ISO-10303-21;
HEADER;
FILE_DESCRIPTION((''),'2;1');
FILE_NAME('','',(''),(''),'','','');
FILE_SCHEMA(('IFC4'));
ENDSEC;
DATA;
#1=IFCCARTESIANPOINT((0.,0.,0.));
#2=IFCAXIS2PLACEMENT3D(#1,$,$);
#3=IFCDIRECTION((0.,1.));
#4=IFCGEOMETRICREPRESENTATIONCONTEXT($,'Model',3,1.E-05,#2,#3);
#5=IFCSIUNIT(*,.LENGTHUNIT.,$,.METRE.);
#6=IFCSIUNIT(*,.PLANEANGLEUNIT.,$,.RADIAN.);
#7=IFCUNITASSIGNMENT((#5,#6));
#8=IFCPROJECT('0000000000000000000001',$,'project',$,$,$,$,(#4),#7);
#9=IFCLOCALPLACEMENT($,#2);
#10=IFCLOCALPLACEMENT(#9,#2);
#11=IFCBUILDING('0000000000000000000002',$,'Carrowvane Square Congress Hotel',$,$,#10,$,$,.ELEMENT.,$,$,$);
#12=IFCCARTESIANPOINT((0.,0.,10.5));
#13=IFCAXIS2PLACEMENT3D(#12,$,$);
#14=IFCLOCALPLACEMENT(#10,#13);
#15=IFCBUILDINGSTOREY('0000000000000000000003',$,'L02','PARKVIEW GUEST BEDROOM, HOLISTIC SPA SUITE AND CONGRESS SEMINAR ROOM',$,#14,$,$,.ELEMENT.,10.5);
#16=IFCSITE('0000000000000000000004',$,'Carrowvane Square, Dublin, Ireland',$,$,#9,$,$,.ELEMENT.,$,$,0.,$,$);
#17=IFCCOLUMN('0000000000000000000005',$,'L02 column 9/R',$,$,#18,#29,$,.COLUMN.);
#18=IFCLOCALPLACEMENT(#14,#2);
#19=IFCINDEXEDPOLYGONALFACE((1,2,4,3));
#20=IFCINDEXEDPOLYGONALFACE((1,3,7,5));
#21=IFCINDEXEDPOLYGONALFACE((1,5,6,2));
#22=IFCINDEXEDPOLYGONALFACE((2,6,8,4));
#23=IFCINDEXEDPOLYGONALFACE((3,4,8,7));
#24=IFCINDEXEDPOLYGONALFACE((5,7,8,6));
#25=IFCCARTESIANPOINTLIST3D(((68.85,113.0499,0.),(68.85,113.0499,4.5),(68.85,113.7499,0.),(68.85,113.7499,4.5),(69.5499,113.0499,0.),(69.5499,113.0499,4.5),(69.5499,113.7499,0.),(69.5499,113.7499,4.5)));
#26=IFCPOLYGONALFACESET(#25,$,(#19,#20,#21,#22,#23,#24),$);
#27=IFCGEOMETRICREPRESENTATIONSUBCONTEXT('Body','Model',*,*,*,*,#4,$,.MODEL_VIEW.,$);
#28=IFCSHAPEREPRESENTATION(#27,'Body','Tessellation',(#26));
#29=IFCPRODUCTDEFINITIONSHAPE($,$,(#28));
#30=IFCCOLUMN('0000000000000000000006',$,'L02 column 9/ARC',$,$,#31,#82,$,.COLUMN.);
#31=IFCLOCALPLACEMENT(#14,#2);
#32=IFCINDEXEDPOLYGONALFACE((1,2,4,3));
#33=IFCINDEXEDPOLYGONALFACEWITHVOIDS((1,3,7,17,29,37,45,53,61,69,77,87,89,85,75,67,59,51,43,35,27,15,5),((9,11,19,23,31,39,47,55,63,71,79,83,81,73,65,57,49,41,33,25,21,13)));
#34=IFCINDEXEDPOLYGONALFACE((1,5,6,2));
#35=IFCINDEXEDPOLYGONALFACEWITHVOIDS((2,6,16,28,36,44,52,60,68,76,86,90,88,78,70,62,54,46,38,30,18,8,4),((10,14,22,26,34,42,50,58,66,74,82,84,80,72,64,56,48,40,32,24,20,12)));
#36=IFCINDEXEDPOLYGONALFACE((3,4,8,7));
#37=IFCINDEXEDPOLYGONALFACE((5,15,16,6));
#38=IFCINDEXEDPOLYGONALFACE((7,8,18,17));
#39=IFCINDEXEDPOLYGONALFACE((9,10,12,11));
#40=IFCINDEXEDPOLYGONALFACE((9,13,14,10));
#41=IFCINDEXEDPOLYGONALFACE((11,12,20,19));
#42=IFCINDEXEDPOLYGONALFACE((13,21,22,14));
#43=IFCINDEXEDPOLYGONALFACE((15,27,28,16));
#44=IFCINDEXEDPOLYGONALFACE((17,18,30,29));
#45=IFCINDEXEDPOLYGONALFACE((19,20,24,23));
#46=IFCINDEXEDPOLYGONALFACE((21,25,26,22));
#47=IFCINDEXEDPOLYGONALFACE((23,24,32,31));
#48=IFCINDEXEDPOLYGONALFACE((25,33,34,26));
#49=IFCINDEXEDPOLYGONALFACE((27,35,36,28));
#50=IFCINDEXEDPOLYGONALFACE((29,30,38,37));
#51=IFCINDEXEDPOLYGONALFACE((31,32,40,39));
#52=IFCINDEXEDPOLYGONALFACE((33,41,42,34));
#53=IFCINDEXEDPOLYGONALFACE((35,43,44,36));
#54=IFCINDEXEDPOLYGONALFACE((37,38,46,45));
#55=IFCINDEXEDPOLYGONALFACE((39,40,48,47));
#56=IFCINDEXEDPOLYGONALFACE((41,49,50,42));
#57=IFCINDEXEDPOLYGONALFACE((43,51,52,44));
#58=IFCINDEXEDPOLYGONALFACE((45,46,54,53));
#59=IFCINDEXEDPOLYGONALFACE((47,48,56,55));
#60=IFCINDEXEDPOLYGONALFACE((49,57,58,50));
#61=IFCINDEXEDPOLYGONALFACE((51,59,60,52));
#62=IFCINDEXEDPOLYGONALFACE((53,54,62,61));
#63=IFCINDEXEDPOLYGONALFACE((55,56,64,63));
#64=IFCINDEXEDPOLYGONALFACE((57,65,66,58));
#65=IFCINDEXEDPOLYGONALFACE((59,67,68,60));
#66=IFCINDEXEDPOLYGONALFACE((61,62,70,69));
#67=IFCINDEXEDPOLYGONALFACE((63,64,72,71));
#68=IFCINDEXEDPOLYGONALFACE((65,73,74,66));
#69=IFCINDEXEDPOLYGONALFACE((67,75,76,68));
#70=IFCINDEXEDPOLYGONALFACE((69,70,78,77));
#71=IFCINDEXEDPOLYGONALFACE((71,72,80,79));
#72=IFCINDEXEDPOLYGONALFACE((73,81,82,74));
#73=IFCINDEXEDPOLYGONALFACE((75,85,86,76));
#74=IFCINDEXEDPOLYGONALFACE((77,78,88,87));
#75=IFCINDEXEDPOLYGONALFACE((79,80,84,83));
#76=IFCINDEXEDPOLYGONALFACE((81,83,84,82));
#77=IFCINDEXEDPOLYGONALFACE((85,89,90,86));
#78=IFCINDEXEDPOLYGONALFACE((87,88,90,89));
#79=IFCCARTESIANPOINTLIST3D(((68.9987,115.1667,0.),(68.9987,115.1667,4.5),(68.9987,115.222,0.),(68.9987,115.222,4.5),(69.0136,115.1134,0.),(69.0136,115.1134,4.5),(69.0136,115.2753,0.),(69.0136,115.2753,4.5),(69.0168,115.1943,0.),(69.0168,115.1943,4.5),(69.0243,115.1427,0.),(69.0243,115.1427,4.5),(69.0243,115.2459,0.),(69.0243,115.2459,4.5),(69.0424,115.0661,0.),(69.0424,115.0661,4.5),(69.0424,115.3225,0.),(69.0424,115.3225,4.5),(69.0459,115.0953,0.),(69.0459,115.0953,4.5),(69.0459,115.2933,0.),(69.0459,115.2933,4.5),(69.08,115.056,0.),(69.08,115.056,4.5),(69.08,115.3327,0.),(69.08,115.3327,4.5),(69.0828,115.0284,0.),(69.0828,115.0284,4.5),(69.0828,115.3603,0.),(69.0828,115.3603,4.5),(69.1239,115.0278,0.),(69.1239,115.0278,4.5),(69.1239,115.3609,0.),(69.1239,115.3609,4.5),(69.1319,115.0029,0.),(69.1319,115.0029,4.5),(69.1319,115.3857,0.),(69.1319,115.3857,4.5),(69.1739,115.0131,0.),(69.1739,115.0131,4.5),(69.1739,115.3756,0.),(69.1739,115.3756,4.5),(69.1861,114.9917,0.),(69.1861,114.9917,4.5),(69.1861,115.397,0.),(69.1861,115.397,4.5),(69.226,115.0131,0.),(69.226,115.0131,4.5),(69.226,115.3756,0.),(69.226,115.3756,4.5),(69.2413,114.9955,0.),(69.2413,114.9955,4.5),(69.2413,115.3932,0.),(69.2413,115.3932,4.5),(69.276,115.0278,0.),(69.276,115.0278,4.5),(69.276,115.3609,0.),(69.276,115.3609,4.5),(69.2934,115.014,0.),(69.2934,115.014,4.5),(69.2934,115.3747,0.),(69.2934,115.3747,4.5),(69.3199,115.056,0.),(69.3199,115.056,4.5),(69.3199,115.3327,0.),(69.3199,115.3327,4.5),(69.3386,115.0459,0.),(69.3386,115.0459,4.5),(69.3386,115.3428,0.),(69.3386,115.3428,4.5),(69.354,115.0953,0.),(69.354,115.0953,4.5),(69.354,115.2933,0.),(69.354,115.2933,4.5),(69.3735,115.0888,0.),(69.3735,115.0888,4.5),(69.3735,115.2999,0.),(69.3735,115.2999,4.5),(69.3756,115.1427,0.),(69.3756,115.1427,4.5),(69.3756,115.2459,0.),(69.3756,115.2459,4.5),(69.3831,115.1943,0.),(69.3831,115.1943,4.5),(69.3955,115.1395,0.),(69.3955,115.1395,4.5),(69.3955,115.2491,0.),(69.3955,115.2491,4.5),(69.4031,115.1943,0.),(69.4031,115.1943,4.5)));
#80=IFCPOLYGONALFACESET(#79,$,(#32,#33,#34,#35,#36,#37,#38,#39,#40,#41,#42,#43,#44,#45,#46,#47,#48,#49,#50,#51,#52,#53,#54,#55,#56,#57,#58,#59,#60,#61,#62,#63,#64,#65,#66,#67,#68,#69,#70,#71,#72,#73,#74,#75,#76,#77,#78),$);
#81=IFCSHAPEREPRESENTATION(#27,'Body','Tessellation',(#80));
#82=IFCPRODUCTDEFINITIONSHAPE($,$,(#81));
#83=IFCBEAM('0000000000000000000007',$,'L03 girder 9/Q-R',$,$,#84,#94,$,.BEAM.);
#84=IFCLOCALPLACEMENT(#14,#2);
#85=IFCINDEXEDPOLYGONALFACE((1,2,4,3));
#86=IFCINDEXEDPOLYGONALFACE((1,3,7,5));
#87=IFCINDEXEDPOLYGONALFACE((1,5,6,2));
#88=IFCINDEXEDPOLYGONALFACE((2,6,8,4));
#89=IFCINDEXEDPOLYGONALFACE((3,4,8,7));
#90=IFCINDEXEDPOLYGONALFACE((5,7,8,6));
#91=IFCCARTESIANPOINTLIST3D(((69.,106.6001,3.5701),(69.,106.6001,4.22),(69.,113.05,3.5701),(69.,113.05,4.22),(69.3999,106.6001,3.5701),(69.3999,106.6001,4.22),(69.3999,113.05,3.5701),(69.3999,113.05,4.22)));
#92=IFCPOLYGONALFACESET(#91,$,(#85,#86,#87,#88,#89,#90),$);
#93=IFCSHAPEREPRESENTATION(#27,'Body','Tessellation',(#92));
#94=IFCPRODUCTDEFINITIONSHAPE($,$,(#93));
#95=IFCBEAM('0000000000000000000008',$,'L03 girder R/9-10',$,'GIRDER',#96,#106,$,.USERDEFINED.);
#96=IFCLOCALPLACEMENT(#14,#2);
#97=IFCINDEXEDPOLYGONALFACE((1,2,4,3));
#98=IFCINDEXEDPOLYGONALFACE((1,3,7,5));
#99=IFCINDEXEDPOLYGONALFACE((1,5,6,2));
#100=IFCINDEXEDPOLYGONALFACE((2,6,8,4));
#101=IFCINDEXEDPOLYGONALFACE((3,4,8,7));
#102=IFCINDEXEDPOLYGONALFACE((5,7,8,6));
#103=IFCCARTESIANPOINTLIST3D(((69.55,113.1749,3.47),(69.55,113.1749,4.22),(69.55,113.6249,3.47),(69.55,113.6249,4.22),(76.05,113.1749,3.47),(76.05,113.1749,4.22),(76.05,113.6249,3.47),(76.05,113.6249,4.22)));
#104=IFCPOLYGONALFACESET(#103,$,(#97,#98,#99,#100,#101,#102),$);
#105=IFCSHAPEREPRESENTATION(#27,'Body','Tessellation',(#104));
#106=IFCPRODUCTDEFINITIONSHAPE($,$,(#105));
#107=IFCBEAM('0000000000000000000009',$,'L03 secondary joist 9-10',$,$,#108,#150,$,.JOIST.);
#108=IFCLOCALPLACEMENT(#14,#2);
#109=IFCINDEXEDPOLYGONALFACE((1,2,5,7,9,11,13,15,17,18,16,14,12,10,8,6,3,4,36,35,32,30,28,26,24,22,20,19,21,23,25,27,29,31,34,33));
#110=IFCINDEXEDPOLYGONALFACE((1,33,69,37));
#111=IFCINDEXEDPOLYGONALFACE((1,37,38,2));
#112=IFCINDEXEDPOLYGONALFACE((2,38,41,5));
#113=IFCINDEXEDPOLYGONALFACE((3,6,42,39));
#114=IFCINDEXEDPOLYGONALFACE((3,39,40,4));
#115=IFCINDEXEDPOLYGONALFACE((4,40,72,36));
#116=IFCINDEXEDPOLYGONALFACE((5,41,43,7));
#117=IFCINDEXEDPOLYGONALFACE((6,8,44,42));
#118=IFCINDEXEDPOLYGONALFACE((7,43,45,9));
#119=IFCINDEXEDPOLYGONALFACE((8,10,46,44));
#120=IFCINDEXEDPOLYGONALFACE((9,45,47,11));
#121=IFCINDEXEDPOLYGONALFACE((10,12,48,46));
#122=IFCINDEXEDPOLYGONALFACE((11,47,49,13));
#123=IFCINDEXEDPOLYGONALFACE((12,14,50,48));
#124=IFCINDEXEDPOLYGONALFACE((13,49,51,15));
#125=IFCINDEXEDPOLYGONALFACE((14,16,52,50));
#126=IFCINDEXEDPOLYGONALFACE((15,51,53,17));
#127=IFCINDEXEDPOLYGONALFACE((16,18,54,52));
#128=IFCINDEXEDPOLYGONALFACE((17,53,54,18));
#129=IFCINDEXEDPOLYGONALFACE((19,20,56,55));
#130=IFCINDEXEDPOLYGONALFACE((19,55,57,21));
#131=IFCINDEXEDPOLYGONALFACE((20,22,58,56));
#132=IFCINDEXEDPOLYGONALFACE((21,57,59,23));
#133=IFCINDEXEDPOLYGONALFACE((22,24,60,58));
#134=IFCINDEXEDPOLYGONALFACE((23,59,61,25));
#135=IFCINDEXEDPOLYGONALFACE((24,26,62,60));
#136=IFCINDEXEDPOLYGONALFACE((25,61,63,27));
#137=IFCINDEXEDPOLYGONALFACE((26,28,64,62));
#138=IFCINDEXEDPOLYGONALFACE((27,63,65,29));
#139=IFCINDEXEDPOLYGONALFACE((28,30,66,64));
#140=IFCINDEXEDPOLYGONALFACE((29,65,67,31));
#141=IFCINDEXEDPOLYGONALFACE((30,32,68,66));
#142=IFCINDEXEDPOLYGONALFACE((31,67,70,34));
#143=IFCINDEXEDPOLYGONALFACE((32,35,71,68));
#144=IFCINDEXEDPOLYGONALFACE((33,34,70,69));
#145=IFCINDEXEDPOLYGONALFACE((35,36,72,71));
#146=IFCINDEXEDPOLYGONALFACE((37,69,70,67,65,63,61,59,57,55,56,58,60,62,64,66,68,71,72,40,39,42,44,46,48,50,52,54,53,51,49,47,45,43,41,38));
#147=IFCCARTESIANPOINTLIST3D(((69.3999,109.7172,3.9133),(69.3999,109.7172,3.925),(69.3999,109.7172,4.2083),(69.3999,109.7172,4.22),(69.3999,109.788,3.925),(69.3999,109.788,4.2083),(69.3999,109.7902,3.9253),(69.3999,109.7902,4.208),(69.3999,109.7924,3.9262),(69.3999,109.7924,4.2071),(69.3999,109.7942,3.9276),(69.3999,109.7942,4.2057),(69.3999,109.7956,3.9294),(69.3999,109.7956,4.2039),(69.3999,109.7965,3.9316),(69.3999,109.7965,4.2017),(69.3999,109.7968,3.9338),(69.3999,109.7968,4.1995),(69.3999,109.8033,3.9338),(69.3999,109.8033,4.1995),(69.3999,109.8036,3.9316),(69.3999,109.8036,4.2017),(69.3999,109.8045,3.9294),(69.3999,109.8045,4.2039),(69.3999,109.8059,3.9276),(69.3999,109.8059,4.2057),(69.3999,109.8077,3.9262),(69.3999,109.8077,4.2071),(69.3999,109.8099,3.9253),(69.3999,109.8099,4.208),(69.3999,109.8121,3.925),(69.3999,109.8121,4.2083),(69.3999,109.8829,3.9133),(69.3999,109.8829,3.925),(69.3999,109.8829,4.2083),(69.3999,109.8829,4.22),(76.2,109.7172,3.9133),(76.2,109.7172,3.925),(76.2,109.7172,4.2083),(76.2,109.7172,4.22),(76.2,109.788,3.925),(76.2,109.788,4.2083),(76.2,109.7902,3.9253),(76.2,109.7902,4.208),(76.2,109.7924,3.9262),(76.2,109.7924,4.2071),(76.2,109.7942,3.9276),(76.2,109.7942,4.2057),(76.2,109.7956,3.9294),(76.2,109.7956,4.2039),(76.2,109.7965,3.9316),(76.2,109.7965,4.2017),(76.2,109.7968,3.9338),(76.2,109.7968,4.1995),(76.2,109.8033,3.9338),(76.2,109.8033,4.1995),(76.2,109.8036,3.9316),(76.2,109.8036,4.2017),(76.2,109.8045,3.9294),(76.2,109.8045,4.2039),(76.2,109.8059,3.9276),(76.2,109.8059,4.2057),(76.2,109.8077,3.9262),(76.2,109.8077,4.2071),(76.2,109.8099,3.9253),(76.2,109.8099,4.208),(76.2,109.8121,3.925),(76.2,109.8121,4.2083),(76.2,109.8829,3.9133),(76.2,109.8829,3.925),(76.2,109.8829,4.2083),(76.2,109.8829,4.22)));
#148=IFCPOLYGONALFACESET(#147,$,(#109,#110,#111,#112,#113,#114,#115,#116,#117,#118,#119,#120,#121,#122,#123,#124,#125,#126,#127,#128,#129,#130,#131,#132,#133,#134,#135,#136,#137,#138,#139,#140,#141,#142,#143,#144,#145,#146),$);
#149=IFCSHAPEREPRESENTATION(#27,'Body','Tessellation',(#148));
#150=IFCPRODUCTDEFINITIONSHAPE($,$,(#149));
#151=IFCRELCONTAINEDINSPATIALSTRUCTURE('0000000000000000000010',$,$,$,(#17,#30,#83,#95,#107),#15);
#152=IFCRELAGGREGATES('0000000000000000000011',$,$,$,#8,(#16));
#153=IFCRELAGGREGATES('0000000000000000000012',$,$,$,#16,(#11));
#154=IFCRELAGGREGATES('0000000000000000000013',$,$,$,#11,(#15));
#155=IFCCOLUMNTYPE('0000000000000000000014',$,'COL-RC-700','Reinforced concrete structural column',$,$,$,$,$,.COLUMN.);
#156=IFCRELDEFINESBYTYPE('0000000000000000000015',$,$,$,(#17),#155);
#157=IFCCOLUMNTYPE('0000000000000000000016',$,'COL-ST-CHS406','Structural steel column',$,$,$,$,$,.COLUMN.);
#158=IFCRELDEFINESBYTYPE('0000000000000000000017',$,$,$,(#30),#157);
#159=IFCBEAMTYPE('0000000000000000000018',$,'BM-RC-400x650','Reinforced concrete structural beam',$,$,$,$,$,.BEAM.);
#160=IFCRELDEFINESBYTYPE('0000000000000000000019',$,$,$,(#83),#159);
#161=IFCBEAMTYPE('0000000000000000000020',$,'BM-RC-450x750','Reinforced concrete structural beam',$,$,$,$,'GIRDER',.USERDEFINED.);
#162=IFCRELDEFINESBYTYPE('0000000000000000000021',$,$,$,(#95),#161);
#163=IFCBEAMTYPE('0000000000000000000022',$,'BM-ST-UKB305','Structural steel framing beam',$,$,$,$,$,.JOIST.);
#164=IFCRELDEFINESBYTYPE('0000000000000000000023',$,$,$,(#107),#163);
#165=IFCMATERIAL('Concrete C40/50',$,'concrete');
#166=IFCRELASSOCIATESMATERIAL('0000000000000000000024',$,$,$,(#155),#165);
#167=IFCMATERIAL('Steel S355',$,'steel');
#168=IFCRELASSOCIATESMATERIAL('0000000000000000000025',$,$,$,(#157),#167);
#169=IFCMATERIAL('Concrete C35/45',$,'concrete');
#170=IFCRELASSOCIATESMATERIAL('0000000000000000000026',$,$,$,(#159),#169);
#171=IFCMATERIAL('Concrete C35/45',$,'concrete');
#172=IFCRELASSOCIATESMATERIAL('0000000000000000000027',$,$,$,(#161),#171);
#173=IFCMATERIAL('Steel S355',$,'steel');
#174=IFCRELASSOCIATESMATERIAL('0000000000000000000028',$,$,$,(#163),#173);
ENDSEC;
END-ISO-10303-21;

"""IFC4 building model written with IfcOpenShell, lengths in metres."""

from ifc_helpers import new_model, si_unit, direction, frame, origin, origin_2d, place, context, subcontext, project, spatial, rectangle, hollow_circle, i_section, extrude, material, material_profile, profile_set, type_object, element, save


model = new_model("IFC4")

# Units and contexts
model_context = context("Model", 3, precision=1e-05, world=origin(), true_north=direction((0.0, 1.0)))
body_context = subcontext(model_context, "Body", "Model", "MODEL_VIEW")
ifc_project = project(units=[si_unit("LENGTHUNIT", "METRE"), si_unit("PLANEANGLEUNIT", "RADIAN")], contexts=[model_context])

# Site, building, storey
site_placement = place(None, origin())
site = spatial("IfcSite", under=ifc_project, at=site_placement, Name="Carrowvane Square, Dublin, Ireland", CompositionType="ELEMENT", RefElevation=0.0)
building_placement = place(site_placement, origin())
building = spatial("IfcBuilding", under=site, at=building_placement, Name="Carrowvane Square Congress Hotel", CompositionType="ELEMENT")
storey_placement = place(building_placement, frame((0.0, 0.0, 10.5)))
storey = spatial("IfcBuildingStorey", under=building, at=storey_placement, Name="L02", Description="PARKVIEW GUEST BEDROOM, HOLISTIC SPA SUITE AND CONGRESS SEMINAR ROOM", CompositionType="ELEMENT", Elevation=10.5)

# Columns
ifc_material_1 = material(Name="Concrete C40/50", Category="concrete")
ifc_material_profile_1 = material_profile(ifc_material_1, rectangle(XDim=0.7, YDim=0.7, at=origin_2d()), Name="RC 700x700")
ifc_profile_set_1 = profile_set([ifc_material_profile_1], Name="Concrete C40/50")
column_type_1 = type_object("IfcColumnType", Name="COL-RC-700", Description="Reinforced concrete structural column", PredefinedType="COLUMN", material=ifc_profile_set_1)
column_1_placement = place(storey_placement, frame((69.2, 113.3999, 0.0), z_axis=(0.0, 0.0, 1.0), x_axis=(1.0, 0.0, 0.0)))
element("IfcColumn", 1, at=column_1_placement, inside=storey, type_object=column_type_1, Name="L02 column 9/R", PredefinedType="COLUMN", context=body_context, shape_type="SweptSolid", body=[
    extrude(rectangle(XDim=0.7, YDim=0.7, at=origin_2d()), origin(), (0.0, 0.0, 1.0), 4.5),
])
ifc_material_2 = material(Name="Steel S355", Category="steel")
ifc_material_profile_2 = material_profile(ifc_material_2, hollow_circle(Radius=0.2031, WallThickness=0.02, at=origin_2d()), Name="CHS 406.4x20")
ifc_profile_set_2 = profile_set([ifc_material_profile_2], Name="Steel S355")
column_type_2 = type_object("IfcColumnType", Name="COL-ST-CHS406", Description="Structural steel column", PredefinedType="COLUMN", material=ifc_profile_set_2)
column_2_placement = place(storey_placement, frame((69.2, 115.1943, 0.0), z_axis=(0.0, 0.0, 1.0), x_axis=(1.0, 0.0, 0.0)))
element("IfcColumn", 2, at=column_2_placement, inside=storey, type_object=column_type_2, Name="L02 column 9/ARC", PredefinedType="COLUMN", context=body_context, shape_type="SweptSolid", body=[
    extrude(hollow_circle(Radius=0.2031, WallThickness=0.02, at=origin_2d()), origin(), (0.0, 0.0, 1.0), 4.5),
])

# Beams
ifc_material_3 = material(Name="Concrete C35/45", Category="concrete")
ifc_material_profile_3 = material_profile(ifc_material_3, rectangle(XDim=0.3999, YDim=0.6499, at=origin_2d()), Name="RC 400x650")
ifc_profile_set_3 = profile_set([ifc_material_profile_3], Name="Concrete C35/45")
beam_type_1 = type_object("IfcBeamType", Name="BM-RC-400x650", Description="Reinforced concrete structural beam", PredefinedType="BEAM", material=ifc_profile_set_3)
beam_1_placement = place(storey_placement, frame((69.2, 106.6001, 3.895), z_axis=(0.0, 1.0, 0.0), x_axis=(-1.0, 0.0, 0.0)))
element("IfcBeam", 3, at=beam_1_placement, inside=storey, type_object=beam_type_1, Name="L03 girder 9/Q-R", PredefinedType="BEAM", context=body_context, shape_type="SweptSolid", body=[
    extrude(rectangle(XDim=0.3999, YDim=0.6499, at=origin_2d()), origin(), (0.0, 0.0, 1.0), 6.45),
])
ifc_material_4 = material(Name="Concrete C35/45", Category="concrete")
ifc_material_profile_4 = material_profile(ifc_material_4, rectangle(XDim=0.45, YDim=0.75, at=origin_2d()), Name="RC 450x750")
ifc_profile_set_4 = profile_set([ifc_material_profile_4], Name="Concrete C35/45")
beam_type_2 = type_object("IfcBeamType", Name="BM-RC-450x750", Description="Reinforced concrete structural beam", ElementType="GIRDER", PredefinedType="USERDEFINED", material=ifc_profile_set_4)
beam_2_placement = place(storey_placement, frame((69.55, 113.3999, 3.845), z_axis=(1.0, 0.0, 0.0), x_axis=(0.0, 1.0, 0.0)))
element("IfcBeam", 4, at=beam_2_placement, inside=storey, type_object=beam_type_2, Name="L03 girder R/9-10", ObjectType="GIRDER", PredefinedType="USERDEFINED", context=body_context, shape_type="SweptSolid", body=[
    extrude(rectangle(XDim=0.45, YDim=0.75, at=origin_2d()), origin(), (0.0, 0.0, 1.0), 6.5),
])
ifc_material_5 = material(Name="Steel S355", Category="steel")
ifc_material_profile_5 = material_profile(ifc_material_5, i_section(OverallWidth=0.1658, OverallDepth=0.3066, WebThickness=0.0066, FlangeThickness=0.0117, FilletRadius=0.0088, at=origin_2d()), Name="UKB 305x165x46")
ifc_profile_set_5 = profile_set([ifc_material_profile_5], Name="Steel S355")
beam_type_3 = type_object("IfcBeamType", Name="BM-ST-UKB305", Description="Structural steel framing beam", PredefinedType="JOIST", material=ifc_profile_set_5)
beam_3_placement = place(storey_placement, frame((69.3999, 109.8, 4.0667), z_axis=(1.0, 0.0, 0.0), x_axis=(0.0, 1.0, 0.0)))
element("IfcBeam", 5, at=beam_3_placement, inside=storey, type_object=beam_type_3, Name="L03 secondary joist 9-10", PredefinedType="JOIST", context=body_context, shape_type="SweptSolid", body=[
    extrude(i_section(OverallWidth=0.1658, OverallDepth=0.3066, WebThickness=0.0066, FlangeThickness=0.0117, FilletRadius=0.0088, at=origin_2d()), origin(), (0.0, 0.0, 1.0), 6.8),
])

save(model, "model.ifc")
